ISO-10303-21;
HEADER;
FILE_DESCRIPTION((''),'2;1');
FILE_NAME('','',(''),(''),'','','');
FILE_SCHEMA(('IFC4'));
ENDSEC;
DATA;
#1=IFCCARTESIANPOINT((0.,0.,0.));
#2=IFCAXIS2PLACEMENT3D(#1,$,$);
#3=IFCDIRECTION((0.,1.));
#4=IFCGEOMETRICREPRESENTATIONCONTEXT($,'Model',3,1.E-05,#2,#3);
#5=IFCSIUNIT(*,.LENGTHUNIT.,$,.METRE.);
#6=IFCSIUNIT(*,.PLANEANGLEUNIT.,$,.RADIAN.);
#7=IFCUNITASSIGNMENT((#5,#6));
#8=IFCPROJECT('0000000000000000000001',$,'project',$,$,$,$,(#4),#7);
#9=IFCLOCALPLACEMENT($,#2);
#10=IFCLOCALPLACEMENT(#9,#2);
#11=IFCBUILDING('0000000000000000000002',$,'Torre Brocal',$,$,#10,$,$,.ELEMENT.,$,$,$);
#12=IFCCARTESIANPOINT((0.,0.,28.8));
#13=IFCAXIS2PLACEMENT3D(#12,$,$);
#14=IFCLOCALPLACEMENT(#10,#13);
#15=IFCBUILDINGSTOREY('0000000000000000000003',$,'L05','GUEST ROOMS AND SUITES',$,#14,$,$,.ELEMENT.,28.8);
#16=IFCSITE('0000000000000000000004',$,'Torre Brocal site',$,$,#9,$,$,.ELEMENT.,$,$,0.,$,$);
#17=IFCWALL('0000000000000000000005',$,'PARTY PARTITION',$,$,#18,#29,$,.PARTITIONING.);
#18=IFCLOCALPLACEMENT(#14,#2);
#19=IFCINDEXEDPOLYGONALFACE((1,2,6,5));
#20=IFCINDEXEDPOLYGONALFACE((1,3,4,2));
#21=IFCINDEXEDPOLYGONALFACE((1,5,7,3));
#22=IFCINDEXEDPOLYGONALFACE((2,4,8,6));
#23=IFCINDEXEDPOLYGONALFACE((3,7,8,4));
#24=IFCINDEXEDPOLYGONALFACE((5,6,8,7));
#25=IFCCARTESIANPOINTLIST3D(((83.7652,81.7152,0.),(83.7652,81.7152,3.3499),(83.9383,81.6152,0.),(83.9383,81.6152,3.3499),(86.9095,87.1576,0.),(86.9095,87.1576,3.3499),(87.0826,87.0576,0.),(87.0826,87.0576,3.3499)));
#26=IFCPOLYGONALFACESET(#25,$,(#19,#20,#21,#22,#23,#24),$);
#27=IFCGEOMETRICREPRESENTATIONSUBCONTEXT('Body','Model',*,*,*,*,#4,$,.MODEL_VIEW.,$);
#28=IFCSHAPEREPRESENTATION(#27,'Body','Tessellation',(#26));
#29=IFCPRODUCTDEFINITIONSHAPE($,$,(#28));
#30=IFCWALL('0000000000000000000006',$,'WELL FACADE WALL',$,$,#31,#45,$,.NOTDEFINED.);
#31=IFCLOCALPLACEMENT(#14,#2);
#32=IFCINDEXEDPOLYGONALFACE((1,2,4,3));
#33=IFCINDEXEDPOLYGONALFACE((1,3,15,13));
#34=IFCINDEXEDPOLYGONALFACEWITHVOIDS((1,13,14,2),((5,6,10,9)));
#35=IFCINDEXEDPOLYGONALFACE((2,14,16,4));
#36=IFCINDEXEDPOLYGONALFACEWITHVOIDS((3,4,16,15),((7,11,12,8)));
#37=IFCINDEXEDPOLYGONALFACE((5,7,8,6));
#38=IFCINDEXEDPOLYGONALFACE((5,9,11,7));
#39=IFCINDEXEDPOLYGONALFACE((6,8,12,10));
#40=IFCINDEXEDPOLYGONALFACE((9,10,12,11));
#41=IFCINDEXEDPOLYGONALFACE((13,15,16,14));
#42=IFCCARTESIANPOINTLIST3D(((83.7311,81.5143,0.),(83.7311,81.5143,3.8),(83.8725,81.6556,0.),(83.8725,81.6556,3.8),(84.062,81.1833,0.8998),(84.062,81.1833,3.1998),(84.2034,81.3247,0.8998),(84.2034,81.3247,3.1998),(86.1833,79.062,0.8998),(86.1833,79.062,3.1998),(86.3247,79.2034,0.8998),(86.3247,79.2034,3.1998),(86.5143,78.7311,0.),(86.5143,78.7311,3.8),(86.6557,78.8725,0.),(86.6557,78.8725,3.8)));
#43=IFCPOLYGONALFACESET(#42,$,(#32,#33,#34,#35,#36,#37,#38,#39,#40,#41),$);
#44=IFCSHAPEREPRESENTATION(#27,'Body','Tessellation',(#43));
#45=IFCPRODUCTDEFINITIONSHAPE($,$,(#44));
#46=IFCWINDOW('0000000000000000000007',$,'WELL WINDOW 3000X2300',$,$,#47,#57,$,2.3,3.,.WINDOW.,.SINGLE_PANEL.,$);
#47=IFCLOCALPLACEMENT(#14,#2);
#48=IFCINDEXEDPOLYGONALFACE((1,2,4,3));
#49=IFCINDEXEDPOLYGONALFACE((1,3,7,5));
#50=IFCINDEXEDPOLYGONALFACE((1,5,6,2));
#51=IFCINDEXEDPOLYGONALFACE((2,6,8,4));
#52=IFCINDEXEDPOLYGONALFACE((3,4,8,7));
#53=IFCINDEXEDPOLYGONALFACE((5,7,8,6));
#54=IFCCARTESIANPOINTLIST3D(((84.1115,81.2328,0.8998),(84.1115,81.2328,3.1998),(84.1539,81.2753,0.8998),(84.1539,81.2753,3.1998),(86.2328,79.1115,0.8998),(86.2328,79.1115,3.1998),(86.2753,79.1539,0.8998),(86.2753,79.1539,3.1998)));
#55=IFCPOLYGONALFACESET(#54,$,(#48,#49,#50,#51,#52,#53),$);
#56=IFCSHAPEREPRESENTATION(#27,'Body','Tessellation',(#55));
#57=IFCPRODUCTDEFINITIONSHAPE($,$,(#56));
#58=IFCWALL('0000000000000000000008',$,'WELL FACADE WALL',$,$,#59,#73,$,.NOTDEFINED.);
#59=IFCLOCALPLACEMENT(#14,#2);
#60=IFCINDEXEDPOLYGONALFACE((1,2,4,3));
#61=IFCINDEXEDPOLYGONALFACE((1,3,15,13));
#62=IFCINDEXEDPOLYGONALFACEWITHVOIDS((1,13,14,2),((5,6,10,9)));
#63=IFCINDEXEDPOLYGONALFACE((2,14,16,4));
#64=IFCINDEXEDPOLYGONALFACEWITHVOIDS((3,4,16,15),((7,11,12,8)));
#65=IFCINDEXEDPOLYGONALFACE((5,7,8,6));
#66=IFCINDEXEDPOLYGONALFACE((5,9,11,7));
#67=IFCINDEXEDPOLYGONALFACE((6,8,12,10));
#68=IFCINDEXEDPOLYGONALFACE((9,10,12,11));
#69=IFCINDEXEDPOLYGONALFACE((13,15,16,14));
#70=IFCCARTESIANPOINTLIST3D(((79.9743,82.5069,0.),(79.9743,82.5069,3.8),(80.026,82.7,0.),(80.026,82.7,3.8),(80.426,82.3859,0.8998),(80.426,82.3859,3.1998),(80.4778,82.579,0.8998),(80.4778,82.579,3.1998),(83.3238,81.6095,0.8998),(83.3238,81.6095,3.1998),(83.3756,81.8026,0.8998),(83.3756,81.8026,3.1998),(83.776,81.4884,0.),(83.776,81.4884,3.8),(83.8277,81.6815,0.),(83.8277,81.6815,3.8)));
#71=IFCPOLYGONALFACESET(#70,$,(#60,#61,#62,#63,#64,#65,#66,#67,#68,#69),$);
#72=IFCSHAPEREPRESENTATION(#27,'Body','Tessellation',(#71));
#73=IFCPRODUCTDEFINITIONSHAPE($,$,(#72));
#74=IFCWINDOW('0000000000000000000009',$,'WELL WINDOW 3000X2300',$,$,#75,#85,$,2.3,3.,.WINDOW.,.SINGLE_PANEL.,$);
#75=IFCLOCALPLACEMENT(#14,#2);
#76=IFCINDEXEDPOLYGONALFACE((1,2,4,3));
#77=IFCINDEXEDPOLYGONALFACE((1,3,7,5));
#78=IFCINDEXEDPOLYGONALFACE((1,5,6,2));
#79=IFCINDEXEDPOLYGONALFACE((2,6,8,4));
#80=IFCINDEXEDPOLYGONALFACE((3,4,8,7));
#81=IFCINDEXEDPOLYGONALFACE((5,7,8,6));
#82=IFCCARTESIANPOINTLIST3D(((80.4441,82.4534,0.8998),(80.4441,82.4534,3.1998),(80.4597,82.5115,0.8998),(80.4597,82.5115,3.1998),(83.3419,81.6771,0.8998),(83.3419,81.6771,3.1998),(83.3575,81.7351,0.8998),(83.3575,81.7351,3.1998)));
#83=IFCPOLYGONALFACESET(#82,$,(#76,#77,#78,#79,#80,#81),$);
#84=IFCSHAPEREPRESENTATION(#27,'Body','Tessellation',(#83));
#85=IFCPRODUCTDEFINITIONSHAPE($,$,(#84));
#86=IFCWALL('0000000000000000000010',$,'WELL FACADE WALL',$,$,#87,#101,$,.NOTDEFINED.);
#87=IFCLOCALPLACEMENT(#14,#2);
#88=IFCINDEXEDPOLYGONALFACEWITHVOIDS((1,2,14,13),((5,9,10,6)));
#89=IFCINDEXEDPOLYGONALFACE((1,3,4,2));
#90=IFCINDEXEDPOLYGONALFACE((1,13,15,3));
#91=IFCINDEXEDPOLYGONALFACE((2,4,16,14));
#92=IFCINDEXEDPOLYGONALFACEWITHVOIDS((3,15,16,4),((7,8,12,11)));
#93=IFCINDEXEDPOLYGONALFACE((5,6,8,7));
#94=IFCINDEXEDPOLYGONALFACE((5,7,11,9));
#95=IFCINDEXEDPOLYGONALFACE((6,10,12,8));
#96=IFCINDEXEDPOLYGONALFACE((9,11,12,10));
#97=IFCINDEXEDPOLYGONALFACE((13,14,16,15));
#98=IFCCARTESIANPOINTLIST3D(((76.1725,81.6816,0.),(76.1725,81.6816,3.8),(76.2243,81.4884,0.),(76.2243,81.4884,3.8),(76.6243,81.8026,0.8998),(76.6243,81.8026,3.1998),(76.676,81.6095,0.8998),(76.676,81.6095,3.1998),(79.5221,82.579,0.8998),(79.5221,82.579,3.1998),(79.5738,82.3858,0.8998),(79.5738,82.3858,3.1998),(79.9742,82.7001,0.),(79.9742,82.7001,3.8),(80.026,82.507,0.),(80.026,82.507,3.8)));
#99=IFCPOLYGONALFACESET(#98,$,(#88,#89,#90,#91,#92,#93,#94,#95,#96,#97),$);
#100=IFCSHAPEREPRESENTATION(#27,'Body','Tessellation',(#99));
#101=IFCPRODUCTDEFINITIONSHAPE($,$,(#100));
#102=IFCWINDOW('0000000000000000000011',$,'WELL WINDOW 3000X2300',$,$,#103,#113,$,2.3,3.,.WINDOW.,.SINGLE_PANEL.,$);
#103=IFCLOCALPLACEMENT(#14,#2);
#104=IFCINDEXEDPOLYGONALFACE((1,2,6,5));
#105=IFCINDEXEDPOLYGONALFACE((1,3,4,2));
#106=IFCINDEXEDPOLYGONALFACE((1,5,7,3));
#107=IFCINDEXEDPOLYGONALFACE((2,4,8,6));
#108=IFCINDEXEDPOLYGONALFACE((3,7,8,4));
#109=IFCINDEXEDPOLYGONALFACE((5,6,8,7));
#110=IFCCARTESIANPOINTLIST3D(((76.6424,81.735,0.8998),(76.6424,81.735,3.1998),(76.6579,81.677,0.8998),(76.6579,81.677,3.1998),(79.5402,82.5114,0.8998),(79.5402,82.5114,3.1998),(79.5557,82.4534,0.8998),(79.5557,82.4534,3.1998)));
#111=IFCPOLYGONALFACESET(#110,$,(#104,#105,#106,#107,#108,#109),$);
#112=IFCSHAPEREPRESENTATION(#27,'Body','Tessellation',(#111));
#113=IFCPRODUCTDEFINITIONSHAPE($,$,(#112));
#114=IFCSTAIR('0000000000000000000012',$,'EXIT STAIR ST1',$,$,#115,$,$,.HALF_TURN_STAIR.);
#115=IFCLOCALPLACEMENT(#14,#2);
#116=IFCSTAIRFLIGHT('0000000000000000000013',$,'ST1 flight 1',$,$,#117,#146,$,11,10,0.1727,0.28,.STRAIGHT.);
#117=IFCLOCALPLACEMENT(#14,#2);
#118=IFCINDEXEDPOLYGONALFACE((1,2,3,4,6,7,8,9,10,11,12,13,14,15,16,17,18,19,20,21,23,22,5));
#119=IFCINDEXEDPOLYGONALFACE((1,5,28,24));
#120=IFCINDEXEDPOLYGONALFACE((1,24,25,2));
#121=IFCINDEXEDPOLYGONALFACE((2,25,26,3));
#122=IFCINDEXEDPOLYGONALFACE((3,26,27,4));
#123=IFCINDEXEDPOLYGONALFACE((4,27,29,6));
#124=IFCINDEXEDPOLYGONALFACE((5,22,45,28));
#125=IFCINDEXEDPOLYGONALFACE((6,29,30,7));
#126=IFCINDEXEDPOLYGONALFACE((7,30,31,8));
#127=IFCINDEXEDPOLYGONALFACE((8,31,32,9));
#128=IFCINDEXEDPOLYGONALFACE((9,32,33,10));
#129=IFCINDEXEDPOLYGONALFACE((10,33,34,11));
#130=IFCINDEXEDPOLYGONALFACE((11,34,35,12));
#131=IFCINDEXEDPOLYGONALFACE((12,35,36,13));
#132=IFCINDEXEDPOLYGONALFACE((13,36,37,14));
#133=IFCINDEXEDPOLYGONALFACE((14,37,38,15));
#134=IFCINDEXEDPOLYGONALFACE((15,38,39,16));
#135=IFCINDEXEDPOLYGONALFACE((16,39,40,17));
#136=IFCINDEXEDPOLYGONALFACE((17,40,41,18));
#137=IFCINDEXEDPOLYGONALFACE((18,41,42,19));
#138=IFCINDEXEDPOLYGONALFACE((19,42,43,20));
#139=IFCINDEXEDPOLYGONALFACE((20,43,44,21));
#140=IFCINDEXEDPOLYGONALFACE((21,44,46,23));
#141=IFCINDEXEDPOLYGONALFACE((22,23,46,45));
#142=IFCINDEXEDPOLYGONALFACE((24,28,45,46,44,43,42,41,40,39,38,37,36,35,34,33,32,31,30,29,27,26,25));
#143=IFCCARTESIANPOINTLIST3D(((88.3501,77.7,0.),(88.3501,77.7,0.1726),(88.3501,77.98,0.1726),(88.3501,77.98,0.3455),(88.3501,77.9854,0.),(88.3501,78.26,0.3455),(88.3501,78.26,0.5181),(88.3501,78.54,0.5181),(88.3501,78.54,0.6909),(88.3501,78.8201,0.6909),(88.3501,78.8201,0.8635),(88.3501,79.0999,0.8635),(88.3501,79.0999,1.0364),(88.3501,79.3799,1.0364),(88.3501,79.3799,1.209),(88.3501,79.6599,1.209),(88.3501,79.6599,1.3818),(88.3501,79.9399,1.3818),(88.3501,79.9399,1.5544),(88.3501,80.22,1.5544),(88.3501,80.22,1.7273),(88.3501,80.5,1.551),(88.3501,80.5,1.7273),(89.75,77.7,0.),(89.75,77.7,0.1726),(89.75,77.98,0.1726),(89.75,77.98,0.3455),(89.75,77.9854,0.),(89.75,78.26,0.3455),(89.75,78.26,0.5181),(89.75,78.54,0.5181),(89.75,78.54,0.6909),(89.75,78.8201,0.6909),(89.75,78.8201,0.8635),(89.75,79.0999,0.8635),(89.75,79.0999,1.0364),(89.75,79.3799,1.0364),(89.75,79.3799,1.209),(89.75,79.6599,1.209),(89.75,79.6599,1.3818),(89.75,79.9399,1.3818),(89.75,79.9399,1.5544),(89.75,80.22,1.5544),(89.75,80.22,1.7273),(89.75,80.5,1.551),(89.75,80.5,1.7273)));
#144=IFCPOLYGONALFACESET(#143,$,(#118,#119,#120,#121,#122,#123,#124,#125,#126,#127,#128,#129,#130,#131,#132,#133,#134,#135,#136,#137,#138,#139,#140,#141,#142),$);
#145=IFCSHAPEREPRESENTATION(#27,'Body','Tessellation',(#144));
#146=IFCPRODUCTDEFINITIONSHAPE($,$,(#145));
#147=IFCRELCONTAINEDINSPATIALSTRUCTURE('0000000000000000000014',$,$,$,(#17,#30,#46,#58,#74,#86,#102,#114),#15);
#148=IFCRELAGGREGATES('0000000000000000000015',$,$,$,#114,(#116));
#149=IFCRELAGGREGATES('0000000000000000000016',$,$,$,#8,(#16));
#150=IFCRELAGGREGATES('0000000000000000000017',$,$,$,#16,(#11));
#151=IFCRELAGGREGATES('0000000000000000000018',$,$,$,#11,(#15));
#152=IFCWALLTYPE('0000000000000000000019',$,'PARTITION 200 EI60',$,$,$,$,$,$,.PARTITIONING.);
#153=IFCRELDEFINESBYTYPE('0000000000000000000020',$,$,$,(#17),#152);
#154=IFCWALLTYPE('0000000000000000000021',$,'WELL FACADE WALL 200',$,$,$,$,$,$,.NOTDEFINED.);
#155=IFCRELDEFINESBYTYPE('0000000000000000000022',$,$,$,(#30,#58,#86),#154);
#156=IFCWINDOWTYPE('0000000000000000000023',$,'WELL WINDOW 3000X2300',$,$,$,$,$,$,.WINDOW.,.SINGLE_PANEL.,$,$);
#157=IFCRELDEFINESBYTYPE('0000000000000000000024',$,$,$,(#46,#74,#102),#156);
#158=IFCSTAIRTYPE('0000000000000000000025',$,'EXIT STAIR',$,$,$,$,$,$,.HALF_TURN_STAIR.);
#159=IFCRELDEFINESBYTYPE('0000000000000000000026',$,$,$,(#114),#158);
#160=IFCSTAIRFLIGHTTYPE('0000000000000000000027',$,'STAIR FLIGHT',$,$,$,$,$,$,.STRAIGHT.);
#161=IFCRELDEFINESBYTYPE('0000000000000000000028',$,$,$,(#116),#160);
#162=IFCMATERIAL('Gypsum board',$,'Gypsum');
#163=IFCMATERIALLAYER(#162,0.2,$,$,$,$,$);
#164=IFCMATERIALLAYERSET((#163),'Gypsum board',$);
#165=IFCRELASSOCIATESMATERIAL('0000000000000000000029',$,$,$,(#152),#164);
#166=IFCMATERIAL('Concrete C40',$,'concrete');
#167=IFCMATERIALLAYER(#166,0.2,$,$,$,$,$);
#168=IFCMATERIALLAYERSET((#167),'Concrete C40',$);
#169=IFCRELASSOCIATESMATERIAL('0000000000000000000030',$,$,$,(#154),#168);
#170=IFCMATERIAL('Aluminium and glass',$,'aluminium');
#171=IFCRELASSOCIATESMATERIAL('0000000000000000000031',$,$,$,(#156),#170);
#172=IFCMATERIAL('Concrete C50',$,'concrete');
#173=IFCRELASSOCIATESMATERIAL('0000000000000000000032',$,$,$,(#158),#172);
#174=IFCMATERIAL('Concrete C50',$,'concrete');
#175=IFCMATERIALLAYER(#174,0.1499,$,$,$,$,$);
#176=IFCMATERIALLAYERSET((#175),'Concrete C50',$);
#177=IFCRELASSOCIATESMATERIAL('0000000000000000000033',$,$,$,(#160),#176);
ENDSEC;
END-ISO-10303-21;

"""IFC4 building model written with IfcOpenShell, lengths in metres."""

from ifc_helpers import new_model, si_unit, direction, frame, frame_2d, origin, place, context, subcontext, project, spatial, polyline, rectangle, outline, extrude, material, layer, layer_set, type_object, element, fill, aggregate, save


model = new_model("IFC4")

# Units and contexts
model_context = context("Model", 3, precision=1e-05, world=origin(), true_north=direction((0.0, 1.0)))
body_context = subcontext(model_context, "Body", "Model", "MODEL_VIEW")
ifc_project = project(units=[si_unit("LENGTHUNIT", "METRE"), si_unit("PLANEANGLEUNIT", "RADIAN")], contexts=[model_context])

# Site, building, storey
site_placement = place(None, origin())
site = spatial("IfcSite", under=ifc_project, at=site_placement, Name="Torre Brocal site", CompositionType="ELEMENT", RefElevation=0.0)
building_placement = place(site_placement, origin())
building = spatial("IfcBuilding", under=site, at=building_placement, Name="Torre Brocal", CompositionType="ELEMENT")
storey_placement = place(building_placement, frame((0.0, 0.0, 28.8)))
storey = spatial("IfcBuildingStorey", under=building, at=storey_placement, Name="L05", Description="GUEST ROOMS AND SUITES", CompositionType="ELEMENT", Elevation=28.8)

# Wall
ifc_material_1 = material(Name="Gypsum board", Category="Gypsum")
ifc_layer_1 = layer(ifc_material_1, 0.2)
ifc_layer_set_1 = layer_set([ifc_layer_1], Name="Gypsum board")
wall_type_1 = type_object("IfcWallType", Name="PARTITION 200 EI60", PredefinedType="PARTITIONING", material=ifc_layer_set_1)
wall_1_placement = place(storey_placement, frame((83.8518, 81.6653, 0.0), z_axis=(0.0, 0.0, 1.0), x_axis=(0.500254, 0.865879, 0.0)))
element("IfcWall", 1, at=wall_1_placement, inside=storey, type_object=wall_type_1, Name="PARTY PARTITION", PredefinedType="PARTITIONING", context=body_context, shape_type="SweptSolid", body=[
    extrude(rectangle(XDim=6.2854, YDim=0.2, at=frame_2d((3.1426, 0.0))), origin(), (0.0, 0.0, 1.0), 3.3499),
])

# Walls, openings, windows
ifc_material_2 = material(Name="Concrete C40", Category="concrete")
ifc_layer_2 = layer(ifc_material_2, 0.2)
ifc_layer_set_2 = layer_set([ifc_layer_2], Name="Concrete C40")
wall_type_2 = type_object("IfcWallType", Name="WELL FACADE WALL 200", PredefinedType="NOTDEFINED", material=ifc_layer_set_2)
wall_2_placement = place(storey_placement, frame((86.585, 78.8018, 0.0), z_axis=(0.0, 0.0, 1.0), x_axis=(-0.707107, 0.707107, 0.0)))
wall_2 = element("IfcWall", 2, at=wall_2_placement, inside=storey, type_object=wall_type_2, Name="WELL FACADE WALL", PredefinedType="NOTDEFINED", context=body_context, shape_type="SweptSolid", body=[
    extrude(rectangle(XDim=3.936, YDim=0.2, at=frame_2d((1.968, 0.0))), origin(), (0.0, 0.0, 1.0), 3.8),
])
opening_1_placement = place(wall_2_placement, frame((0.468, 0.0, 0.8999)))
opening_1 = element("IfcOpeningElement", 3, at=opening_1_placement, cuts=wall_2, PredefinedType="OPENING", context=body_context, shape_type="SweptSolid", body=[
    extrude(rectangle(XDim=3.0, YDim=2.3, at=frame_2d((1.5, 1.1499))), frame((0.0, 0.1099, 0.0), z_axis=(0.0, -1.0, 0.0), x_axis=(1.0, 0.0, 0.0)), (0.0, 0.0, 1.0), 0.22),
])
ifc_material_3 = material(Name="Aluminium and glass", Category="aluminium")
window_type = type_object("IfcWindowType", Name="WELL WINDOW 3000X2300", PartitioningType="SINGLE_PANEL", PredefinedType="WINDOW", material=ifc_material_3)
window_1_placement = place(opening_1_placement, origin())
window_1 = element("IfcWindow", 4, at=window_1_placement, inside=storey, type_object=window_type, Name="WELL WINDOW 3000X2300", OverallHeight=2.3, OverallWidth=3.0, PartitioningType="SINGLE_PANEL", PredefinedType="WINDOW", context=body_context, shape_type="SweptSolid", body=[
    extrude(rectangle(XDim=3.0, YDim=2.3, at=frame_2d((1.5, 1.1499))), frame((0.0, 0.03, 0.0), z_axis=(0.0, -1.0, 0.0), x_axis=(1.0, 0.0, 0.0)), (0.0, 0.0, 1.0), 0.0601),
])
fill(opening_1, window_1)
wall_3_placement = place(storey_placement, frame((83.8018, 81.585, 0.0), z_axis=(0.0, 0.0, 1.0), x_axis=(-0.965934, 0.25879, 0.0)))
wall_3 = element("IfcWall", 5, at=wall_3_placement, inside=storey, type_object=wall_type_2, Name="WELL FACADE WALL", PredefinedType="NOTDEFINED", context=body_context, shape_type="SweptSolid", body=[
    extrude(rectangle(XDim=3.9358, YDim=0.2, at=frame_2d((1.9678, 0.0))), origin(), (0.0, 0.0, 1.0), 3.8),
])
opening_2_placement = place(wall_3_placement, frame((0.468, 0.0, 0.8999)))
opening_2 = element("IfcOpeningElement", 6, at=opening_2_placement, cuts=wall_3, PredefinedType="OPENING", context=body_context, shape_type="SweptSolid", body=[
    extrude(rectangle(XDim=3.0, YDim=2.3, at=frame_2d((1.5, 1.1499))), frame((0.0, 0.1099, 0.0), z_axis=(0.0, -1.0, 0.0), x_axis=(1.0, 0.0, 0.0)), (0.0, 0.0, 1.0), 0.22),
])
window_2_placement = place(opening_2_placement, origin())
window_2 = element("IfcWindow", 7, at=window_2_placement, inside=storey, type_object=window_type, Name="WELL WINDOW 3000X2300", OverallHeight=2.3, OverallWidth=3.0, PartitioningType="SINGLE_PANEL", PredefinedType="WINDOW", context=body_context, shape_type="SweptSolid", body=[
    extrude(rectangle(XDim=3.0, YDim=2.3, at=frame_2d((1.5, 1.1499))), frame((0.0, 0.03, 0.0), z_axis=(0.0, -1.0, 0.0), x_axis=(1.0, 0.0, 0.0)), (0.0, 0.0, 1.0), 0.0601),
])
fill(opening_2, window_2)
wall_4_placement = place(storey_placement, frame((80.0, 82.6035, 0.0), z_axis=(0.0, 0.0, 1.0), x_axis=(-0.965934, -0.25879, 0.0)))
wall_4 = element("IfcWall", 8, at=wall_4_placement, inside=storey, type_object=wall_type_2, Name="WELL FACADE WALL", PredefinedType="NOTDEFINED", context=body_context, shape_type="SweptSolid", body=[
    extrude(rectangle(XDim=3.9358, YDim=0.2, at=frame_2d((1.9678, 0.0))), origin(), (0.0, 0.0, 1.0), 3.8),
])
opening_3_placement = place(wall_4_placement, frame((0.468, 0.0, 0.8999)))
opening_3 = element("IfcOpeningElement", 9, at=opening_3_placement, cuts=wall_4, PredefinedType="OPENING", context=body_context, shape_type="SweptSolid", body=[
    extrude(rectangle(XDim=3.0, YDim=2.3, at=frame_2d((1.5, 1.1499))), frame((0.0, 0.1099, 0.0), z_axis=(0.0, -1.0, 0.0), x_axis=(1.0, 0.0, 0.0)), (0.0, 0.0, 1.0), 0.22),
])
window_3_placement = place(opening_3_placement, origin())
window_3 = element("IfcWindow", 10, at=window_3_placement, inside=storey, type_object=window_type, Name="WELL WINDOW 3000X2300", OverallHeight=2.3, OverallWidth=3.0, PartitioningType="SINGLE_PANEL", PredefinedType="WINDOW", context=body_context, shape_type="SweptSolid", body=[
    extrude(rectangle(XDim=3.0, YDim=2.3, at=frame_2d((1.5, 1.1499))), frame((0.0, 0.03, 0.0), z_axis=(0.0, -1.0, 0.0), x_axis=(1.0, 0.0, 0.0)), (0.0, 0.0, 1.0), 0.0601),
])
fill(opening_3, window_3)

# Stair, stair flight
ifc_material_4 = material(Name="Concrete C50", Category="concrete")
stair_type = type_object("IfcStairType", Name="EXIT STAIR", PredefinedType="HALF_TURN_STAIR", material=ifc_material_4)
stair_placement = place(storey_placement, origin())
stair = element("IfcStair", 11, at=stair_placement, inside=storey, type_object=stair_type, Name="EXIT STAIR ST1", PredefinedType="HALF_TURN_STAIR")
ifc_material_5 = material(Name="Concrete C50", Category="concrete")
ifc_layer_3 = layer(ifc_material_5, 0.1499)
ifc_layer_set_3 = layer_set([ifc_layer_3], Name="Concrete C50")
stair_flight_type = type_object("IfcStairFlightType", Name="STAIR FLIGHT", PredefinedType="STRAIGHT", material=ifc_layer_set_3)
stair_flight_1_placement = place(storey_placement, frame((89.05, 77.7, 0.0), z_axis=(0.0, 0.0, 1.0), x_axis=(0.0, 1.0, 0.0)))
stair_flight_1 = element("IfcStairFlight", 12, at=stair_flight_1_placement, type_object=stair_flight_type, Name="ST1 flight 1", NumberOfRisers=11, NumberOfTreads=10, PredefinedType="STRAIGHT", RiserHeight=0.1727, TreadLength=0.28, context=body_context, shape_type="SweptSolid", body=[
    extrude(outline(polyline([(0.0, 0.0), (0.0, 0.1726), (0.28, 0.1726), (0.28, 0.3455), (0.5601, 0.3455), (0.5601, 0.5181), (0.8401, 0.5181), (0.8401, 0.6909), (1.1201, 0.6909), (1.1201, 0.8635), (1.3999, 0.8635), (1.3999, 1.0364), (1.6799, 1.0364), (1.6799, 1.209), (1.96, 1.209), (1.96, 1.3818), (2.24, 1.3818), (2.24, 1.5544), (2.52, 1.5544), (2.52, 1.7273), (2.8, 1.7273), (2.8, 1.8999), (2.8, 1.551), (0.2854, 0.0), (0.0, 0.0)])), frame((0.0, 0.7, 0.0), z_axis=(0.0, -1.0, 0.0), x_axis=(1.0, 0.0, 0.0)), (0.0, 0.0, 1.0), 1.3999),
])
aggregate(stair, [stair_flight_1])

save(model, "model.ifc")
